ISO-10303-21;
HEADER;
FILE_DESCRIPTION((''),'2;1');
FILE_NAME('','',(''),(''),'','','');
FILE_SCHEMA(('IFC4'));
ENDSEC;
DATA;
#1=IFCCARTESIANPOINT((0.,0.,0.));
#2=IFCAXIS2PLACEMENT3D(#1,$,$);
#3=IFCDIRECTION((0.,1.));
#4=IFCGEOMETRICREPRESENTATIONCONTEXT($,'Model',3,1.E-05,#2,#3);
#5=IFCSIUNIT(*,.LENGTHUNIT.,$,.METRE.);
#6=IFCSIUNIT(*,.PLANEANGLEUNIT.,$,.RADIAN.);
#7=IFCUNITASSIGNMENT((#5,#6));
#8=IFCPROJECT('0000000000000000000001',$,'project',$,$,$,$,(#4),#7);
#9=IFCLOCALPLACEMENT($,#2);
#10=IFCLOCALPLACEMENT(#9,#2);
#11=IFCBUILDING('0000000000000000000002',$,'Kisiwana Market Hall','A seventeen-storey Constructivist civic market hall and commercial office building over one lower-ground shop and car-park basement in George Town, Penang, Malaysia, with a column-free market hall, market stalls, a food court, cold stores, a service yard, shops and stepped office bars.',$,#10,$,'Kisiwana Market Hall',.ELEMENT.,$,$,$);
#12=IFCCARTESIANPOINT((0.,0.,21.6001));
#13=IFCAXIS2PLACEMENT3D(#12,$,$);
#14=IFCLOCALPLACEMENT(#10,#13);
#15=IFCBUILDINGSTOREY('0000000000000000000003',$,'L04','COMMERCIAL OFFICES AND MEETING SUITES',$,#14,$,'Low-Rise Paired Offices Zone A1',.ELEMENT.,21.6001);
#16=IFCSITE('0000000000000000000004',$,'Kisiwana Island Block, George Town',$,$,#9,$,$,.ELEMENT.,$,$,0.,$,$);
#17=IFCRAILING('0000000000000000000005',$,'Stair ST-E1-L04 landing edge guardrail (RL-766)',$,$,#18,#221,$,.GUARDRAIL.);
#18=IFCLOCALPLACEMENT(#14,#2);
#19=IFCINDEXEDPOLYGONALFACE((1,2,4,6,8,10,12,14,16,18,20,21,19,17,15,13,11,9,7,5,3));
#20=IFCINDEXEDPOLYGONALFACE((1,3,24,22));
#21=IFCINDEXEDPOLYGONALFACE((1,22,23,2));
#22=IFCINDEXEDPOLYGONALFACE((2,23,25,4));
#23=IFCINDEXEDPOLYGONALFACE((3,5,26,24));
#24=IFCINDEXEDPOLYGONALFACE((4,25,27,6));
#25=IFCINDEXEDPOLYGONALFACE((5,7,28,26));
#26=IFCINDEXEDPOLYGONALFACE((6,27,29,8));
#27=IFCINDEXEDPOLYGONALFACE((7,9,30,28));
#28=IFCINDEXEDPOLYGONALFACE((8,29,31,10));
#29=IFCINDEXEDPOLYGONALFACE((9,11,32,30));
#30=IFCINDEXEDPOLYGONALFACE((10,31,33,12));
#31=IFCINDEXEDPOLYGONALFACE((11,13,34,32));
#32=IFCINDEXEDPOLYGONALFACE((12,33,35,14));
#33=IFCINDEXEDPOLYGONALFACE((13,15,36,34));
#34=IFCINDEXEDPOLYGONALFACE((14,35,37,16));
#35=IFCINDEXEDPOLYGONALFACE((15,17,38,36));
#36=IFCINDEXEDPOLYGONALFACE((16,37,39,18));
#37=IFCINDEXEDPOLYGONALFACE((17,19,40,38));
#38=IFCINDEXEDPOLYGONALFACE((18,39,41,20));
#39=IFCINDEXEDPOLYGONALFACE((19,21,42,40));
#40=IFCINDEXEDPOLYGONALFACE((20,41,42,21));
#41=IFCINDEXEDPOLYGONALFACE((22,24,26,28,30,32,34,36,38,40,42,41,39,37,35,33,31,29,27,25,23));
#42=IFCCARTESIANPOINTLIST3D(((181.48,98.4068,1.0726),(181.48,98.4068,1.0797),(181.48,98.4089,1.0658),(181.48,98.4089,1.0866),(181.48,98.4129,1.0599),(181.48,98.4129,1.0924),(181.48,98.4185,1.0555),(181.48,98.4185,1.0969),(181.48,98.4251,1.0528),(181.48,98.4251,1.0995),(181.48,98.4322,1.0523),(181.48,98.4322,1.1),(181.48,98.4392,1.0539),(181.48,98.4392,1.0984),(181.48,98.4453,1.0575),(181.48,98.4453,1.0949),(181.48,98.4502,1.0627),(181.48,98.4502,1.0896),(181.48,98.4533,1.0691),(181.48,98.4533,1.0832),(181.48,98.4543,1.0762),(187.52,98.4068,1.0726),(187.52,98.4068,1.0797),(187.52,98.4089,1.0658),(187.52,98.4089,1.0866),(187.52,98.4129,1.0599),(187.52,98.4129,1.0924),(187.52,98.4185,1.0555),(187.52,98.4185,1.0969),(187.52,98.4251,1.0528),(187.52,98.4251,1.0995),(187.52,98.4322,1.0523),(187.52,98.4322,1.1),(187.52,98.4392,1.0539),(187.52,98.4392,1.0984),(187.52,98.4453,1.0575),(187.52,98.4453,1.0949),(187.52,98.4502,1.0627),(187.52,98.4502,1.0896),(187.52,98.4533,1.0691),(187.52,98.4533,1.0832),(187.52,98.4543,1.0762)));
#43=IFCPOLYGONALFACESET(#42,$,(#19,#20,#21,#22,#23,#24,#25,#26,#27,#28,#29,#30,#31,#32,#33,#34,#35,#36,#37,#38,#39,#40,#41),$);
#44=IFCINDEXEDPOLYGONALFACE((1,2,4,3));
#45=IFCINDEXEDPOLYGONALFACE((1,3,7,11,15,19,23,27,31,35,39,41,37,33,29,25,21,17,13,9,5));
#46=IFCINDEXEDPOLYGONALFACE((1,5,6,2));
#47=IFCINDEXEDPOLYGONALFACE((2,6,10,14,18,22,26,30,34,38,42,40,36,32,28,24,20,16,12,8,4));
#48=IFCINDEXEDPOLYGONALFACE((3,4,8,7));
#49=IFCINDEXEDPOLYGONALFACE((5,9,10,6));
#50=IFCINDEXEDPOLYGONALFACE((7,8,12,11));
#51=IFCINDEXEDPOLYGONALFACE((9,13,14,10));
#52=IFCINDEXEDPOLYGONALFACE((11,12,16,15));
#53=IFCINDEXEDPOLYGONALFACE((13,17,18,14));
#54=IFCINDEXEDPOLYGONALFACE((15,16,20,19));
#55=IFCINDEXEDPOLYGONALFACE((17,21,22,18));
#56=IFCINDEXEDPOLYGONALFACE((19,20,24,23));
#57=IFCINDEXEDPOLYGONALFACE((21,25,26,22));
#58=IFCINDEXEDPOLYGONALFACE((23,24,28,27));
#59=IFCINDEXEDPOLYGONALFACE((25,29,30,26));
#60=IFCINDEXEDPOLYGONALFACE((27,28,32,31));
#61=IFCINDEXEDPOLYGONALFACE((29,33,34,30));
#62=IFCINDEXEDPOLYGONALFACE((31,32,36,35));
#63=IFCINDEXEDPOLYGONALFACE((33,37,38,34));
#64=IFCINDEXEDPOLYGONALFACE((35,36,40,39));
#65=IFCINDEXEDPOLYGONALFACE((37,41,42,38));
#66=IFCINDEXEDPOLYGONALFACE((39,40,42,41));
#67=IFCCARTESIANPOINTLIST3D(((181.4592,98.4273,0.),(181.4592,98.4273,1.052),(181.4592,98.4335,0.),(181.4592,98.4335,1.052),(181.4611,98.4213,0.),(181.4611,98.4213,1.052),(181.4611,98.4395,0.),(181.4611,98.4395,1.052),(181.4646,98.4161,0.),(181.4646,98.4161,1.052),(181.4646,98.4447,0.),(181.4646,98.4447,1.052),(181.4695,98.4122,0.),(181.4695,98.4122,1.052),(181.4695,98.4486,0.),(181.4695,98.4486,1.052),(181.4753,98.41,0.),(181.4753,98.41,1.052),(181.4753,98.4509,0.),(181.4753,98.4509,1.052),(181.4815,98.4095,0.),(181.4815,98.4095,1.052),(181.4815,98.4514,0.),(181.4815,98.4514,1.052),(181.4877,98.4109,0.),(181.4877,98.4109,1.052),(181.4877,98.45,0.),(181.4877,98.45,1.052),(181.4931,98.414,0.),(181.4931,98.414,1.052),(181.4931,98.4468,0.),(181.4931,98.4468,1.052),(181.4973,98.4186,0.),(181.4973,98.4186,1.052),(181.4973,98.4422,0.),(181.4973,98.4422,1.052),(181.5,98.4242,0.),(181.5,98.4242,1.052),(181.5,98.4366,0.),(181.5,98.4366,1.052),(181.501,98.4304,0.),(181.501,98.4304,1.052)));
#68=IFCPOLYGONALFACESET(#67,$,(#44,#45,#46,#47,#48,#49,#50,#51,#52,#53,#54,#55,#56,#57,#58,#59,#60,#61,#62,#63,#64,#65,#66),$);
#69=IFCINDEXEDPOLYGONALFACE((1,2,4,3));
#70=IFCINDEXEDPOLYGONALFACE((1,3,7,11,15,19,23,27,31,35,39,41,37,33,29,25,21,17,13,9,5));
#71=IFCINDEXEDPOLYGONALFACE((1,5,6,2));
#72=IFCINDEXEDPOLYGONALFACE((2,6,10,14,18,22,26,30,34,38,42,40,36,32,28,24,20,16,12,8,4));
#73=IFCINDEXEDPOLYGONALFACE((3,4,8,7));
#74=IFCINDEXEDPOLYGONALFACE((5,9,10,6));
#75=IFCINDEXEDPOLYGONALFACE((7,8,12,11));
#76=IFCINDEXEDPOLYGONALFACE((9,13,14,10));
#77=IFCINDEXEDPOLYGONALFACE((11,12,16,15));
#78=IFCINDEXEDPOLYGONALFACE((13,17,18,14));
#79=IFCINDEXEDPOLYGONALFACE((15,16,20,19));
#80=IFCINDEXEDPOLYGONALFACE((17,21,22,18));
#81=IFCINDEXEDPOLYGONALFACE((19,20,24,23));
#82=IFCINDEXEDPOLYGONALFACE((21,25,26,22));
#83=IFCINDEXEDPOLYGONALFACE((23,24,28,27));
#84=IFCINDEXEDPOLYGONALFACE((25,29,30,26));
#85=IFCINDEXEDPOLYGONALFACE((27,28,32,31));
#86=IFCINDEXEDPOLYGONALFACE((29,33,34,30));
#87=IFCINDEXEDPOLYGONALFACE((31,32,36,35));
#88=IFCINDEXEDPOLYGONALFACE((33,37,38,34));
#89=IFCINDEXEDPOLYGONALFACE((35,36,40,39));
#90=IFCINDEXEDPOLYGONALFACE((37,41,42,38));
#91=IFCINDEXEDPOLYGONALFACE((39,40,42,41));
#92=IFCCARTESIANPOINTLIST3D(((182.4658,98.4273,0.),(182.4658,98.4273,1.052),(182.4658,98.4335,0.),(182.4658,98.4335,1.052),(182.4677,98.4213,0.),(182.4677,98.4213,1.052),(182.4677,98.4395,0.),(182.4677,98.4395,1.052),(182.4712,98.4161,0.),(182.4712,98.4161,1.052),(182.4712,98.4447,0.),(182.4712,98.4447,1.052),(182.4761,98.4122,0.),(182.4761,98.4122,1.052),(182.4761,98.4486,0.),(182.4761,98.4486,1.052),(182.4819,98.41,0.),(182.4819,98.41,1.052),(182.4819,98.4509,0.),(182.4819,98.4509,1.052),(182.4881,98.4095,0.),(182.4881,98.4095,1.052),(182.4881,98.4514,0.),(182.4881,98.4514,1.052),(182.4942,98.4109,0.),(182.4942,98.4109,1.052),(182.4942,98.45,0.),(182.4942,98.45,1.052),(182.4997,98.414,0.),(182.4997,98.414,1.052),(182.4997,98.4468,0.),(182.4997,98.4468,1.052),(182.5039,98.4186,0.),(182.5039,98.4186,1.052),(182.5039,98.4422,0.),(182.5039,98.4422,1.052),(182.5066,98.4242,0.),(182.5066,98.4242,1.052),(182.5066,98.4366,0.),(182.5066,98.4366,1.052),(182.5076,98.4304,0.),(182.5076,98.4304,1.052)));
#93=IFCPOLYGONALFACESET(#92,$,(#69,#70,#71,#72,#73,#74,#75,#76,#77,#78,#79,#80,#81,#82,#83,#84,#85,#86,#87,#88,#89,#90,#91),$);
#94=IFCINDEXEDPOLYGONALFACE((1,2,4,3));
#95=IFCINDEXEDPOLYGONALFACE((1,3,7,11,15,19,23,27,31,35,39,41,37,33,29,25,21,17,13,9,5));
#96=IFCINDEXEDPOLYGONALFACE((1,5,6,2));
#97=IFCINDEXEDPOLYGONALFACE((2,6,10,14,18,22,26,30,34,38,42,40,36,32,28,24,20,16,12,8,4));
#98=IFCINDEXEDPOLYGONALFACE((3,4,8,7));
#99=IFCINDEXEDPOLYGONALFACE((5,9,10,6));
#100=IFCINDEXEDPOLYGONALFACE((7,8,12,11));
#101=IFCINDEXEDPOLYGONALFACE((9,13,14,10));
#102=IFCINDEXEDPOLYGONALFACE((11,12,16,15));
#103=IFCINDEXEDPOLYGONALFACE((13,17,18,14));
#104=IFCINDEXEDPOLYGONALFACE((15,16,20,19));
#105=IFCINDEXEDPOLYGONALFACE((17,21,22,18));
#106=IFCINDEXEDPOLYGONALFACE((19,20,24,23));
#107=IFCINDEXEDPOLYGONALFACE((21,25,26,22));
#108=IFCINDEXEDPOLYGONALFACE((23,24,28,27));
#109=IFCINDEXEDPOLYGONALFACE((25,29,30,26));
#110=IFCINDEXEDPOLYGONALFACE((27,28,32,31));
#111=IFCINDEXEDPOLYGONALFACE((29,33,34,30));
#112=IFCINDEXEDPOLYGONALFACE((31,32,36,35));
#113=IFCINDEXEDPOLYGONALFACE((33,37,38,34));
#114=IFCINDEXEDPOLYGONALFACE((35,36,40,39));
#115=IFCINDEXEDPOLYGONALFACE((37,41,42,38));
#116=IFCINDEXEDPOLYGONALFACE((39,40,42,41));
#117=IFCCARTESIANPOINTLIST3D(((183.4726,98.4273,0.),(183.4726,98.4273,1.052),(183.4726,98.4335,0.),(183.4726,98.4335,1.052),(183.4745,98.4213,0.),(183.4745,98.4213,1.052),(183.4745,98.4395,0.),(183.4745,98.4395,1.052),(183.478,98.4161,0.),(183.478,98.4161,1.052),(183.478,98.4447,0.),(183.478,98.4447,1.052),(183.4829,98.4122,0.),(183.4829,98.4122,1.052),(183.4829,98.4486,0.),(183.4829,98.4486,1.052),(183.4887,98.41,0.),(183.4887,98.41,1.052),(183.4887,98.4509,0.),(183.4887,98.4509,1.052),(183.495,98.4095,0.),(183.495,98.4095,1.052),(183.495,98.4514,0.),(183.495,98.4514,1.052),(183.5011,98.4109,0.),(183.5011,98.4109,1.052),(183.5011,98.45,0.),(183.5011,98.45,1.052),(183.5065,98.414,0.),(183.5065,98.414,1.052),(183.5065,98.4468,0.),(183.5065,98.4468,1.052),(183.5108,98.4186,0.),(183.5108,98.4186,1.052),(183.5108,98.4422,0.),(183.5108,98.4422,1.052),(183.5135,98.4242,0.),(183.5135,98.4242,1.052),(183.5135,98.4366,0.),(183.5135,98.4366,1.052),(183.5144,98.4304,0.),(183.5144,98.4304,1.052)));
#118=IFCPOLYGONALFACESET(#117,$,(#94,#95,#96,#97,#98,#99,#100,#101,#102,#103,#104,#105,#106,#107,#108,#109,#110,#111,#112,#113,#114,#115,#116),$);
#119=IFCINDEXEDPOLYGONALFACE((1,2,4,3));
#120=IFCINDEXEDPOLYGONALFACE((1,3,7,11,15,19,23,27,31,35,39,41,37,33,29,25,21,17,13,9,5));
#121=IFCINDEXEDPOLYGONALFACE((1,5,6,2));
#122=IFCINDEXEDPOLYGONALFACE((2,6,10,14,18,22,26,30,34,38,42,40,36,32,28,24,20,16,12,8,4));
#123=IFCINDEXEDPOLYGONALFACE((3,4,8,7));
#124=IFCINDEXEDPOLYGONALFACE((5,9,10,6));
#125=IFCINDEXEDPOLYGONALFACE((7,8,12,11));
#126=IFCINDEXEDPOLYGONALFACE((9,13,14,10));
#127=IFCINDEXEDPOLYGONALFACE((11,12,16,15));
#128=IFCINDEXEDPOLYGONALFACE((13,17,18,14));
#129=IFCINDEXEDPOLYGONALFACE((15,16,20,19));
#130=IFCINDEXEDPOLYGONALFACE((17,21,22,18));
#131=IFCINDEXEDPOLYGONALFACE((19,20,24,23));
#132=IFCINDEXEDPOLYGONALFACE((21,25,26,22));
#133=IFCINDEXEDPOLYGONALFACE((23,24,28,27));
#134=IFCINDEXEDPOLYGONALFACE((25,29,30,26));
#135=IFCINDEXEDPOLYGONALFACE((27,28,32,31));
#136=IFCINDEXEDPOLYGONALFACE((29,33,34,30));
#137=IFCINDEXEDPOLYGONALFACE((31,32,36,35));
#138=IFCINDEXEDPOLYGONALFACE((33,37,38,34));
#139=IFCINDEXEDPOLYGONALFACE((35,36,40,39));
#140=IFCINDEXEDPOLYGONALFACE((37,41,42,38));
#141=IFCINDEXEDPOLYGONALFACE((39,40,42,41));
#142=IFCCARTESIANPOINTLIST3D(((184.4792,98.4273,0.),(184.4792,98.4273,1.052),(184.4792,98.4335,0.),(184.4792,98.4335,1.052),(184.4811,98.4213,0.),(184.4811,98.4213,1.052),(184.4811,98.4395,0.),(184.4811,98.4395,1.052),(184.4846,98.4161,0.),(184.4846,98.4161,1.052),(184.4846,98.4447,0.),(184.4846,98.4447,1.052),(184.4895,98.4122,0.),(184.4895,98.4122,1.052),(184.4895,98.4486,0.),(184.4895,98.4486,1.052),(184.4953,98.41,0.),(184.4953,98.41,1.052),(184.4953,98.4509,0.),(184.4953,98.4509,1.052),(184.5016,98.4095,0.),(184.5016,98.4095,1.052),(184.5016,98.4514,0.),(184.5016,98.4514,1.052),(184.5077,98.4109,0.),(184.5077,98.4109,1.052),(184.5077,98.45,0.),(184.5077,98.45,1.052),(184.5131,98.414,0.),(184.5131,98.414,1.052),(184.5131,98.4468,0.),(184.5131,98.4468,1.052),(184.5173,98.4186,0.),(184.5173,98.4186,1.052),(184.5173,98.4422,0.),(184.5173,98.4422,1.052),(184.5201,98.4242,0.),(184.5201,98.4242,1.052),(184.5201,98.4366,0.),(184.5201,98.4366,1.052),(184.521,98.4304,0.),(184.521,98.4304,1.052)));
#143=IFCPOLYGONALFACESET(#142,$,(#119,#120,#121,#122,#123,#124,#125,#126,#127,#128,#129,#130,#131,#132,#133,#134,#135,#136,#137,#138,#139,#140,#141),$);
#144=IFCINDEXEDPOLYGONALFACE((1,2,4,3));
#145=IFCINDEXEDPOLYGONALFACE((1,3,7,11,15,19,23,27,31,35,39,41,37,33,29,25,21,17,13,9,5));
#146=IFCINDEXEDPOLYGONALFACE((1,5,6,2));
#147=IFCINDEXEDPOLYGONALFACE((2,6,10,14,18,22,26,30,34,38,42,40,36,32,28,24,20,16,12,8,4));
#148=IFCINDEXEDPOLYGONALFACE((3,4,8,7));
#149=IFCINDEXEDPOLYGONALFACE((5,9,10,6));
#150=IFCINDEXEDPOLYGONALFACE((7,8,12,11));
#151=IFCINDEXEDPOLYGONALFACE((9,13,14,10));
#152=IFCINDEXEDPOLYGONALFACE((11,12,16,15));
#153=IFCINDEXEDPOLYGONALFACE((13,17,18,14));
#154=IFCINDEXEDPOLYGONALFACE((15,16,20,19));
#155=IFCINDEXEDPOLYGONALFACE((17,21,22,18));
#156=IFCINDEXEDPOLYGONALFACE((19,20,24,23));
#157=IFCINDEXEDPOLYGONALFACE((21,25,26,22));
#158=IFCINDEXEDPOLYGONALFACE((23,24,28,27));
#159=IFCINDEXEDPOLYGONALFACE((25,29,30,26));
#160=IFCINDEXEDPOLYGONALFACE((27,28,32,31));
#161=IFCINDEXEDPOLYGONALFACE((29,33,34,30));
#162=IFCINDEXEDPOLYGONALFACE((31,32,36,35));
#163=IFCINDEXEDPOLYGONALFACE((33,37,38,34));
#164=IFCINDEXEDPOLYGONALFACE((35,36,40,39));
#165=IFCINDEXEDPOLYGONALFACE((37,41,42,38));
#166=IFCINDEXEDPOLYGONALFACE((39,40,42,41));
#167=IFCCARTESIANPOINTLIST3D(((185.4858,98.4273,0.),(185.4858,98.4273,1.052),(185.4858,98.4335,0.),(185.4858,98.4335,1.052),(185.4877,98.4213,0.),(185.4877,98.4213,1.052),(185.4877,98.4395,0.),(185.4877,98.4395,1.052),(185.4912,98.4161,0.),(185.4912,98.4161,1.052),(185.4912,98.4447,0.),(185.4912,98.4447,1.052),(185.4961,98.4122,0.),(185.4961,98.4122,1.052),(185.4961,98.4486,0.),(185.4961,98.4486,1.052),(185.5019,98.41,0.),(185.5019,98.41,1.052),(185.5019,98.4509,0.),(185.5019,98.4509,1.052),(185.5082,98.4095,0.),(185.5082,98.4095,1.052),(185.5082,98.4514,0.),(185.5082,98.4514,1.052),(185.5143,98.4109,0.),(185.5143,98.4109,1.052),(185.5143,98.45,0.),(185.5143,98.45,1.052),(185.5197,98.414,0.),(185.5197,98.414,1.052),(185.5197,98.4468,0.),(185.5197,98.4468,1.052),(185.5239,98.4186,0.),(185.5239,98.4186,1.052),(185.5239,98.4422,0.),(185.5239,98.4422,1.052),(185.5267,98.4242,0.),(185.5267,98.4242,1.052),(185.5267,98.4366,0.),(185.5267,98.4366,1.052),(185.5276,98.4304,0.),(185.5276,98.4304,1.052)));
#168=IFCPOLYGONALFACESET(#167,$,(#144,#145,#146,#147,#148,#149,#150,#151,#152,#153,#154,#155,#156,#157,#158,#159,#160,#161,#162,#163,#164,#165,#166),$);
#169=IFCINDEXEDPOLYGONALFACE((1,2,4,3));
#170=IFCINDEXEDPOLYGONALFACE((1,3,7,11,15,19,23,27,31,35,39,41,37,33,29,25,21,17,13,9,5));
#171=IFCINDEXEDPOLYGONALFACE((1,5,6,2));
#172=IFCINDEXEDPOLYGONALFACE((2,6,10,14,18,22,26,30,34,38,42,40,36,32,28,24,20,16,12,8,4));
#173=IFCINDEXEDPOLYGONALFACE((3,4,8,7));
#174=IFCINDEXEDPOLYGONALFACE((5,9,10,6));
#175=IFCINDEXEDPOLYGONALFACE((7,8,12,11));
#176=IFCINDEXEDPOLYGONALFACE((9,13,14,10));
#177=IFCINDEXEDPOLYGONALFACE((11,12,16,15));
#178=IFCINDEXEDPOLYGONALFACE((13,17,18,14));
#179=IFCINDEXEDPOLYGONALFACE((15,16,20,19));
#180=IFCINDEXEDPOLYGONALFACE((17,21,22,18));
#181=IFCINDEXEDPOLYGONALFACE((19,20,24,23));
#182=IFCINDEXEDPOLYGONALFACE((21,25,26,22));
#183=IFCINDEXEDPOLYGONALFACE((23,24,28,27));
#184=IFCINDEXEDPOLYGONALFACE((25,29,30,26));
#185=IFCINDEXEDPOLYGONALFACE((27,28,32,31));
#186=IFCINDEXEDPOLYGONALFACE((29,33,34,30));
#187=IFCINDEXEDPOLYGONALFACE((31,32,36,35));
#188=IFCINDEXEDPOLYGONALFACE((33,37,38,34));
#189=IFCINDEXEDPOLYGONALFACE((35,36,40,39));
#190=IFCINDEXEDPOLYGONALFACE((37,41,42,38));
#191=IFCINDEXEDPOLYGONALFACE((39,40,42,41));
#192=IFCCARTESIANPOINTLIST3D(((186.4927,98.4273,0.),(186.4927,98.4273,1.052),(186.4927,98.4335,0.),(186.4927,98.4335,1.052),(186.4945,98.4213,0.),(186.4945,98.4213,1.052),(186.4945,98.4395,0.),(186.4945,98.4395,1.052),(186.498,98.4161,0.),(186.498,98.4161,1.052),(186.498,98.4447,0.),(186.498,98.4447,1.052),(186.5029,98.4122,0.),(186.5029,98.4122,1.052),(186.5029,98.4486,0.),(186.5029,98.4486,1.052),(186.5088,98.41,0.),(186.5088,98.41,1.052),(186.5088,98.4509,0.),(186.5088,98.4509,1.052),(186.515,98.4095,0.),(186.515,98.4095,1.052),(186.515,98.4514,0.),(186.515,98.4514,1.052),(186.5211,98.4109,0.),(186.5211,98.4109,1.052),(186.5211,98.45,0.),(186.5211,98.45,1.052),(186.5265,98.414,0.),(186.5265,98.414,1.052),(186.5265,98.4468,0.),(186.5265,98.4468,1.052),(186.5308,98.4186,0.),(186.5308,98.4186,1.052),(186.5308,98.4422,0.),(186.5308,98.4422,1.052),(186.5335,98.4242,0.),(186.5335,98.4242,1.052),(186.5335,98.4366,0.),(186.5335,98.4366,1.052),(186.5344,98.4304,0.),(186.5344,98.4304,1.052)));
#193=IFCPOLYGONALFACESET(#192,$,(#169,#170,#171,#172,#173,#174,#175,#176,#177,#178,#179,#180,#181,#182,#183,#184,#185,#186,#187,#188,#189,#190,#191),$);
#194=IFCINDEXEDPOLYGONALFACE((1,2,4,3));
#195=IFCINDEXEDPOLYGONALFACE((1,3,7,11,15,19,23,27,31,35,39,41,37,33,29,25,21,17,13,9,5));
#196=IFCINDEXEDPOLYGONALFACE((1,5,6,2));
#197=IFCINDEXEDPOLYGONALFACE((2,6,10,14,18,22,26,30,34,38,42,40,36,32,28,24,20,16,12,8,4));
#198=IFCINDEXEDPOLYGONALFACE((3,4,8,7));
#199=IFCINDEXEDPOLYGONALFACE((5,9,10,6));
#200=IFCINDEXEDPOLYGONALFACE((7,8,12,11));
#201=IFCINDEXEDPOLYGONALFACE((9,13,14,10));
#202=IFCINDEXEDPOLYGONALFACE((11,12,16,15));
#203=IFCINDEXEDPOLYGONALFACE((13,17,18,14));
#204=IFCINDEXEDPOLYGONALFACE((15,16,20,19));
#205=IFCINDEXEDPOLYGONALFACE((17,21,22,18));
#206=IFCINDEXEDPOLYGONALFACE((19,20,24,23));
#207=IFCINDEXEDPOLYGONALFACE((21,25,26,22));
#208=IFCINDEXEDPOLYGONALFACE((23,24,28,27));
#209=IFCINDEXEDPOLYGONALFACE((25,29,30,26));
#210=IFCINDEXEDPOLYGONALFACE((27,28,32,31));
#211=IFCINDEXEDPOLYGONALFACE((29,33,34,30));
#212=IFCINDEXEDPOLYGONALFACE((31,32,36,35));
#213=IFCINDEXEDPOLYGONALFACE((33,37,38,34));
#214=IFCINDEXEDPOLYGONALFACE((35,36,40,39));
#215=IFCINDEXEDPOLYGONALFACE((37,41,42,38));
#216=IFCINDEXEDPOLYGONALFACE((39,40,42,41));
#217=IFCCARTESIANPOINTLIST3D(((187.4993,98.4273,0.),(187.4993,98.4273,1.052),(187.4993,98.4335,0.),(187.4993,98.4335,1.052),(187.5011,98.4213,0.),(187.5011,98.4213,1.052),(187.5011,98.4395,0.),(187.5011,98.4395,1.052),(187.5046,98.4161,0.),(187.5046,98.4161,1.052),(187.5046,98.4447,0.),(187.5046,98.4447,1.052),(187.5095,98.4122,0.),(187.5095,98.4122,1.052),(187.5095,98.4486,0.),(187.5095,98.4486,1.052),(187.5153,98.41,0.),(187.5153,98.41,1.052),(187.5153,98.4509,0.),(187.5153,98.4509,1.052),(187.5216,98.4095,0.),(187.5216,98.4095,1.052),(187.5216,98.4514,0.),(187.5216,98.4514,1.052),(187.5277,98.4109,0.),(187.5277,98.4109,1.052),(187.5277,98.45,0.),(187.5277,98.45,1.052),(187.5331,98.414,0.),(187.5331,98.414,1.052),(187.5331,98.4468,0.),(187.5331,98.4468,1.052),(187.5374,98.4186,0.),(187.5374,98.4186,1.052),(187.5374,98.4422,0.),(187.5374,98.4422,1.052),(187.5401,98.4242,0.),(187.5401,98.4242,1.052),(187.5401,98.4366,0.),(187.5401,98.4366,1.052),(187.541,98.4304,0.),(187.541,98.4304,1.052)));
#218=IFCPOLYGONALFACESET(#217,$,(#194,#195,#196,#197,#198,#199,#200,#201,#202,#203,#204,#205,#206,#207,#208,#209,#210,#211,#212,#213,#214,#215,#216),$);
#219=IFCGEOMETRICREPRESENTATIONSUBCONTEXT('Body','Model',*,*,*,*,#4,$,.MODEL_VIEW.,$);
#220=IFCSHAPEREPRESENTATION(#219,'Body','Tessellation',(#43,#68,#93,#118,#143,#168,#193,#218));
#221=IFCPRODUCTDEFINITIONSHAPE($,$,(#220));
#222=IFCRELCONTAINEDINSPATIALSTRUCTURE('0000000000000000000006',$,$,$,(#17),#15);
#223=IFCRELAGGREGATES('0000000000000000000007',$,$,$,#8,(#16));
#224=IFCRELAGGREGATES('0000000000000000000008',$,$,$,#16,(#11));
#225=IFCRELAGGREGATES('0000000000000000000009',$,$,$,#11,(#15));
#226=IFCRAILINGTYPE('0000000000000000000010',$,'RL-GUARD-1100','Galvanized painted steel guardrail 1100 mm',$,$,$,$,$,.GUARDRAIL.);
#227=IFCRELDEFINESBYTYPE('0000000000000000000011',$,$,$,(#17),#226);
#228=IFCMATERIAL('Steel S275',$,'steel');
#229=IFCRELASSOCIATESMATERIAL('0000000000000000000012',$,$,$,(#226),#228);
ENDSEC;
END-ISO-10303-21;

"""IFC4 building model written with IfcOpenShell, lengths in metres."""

from ifc_helpers import new_model, si_unit, direction, frame, origin, origin_2d, place, context, subcontext, project, spatial, circle, extrude, material, type_object, element, save


model = new_model("IFC4")

# Units and contexts
model_context = context("Model", 3, precision=1e-05, world=origin(), true_north=direction((0.0, 1.0)))
body_context = subcontext(model_context, "Body", "Model", "MODEL_VIEW")
ifc_project = project(units=[si_unit("LENGTHUNIT", "METRE"), si_unit("PLANEANGLEUNIT", "RADIAN")], contexts=[model_context])

# Site, building, storey
site_placement = place(None, origin())
site = spatial("IfcSite", under=ifc_project, at=site_placement, Name="Kisiwana Island Block, George Town", CompositionType="ELEMENT", RefElevation=0.0)
building_placement = place(site_placement, origin())
building = spatial("IfcBuilding", under=site, at=building_placement, Name="Kisiwana Market Hall", Description="A seventeen-storey Constructivist civic market hall and commercial office building over one lower-ground shop and car-park basement in George Town, Penang, Malaysia, with a column-free market hall, market stalls, a food court, cold stores, a service yard, shops and stepped office bars.", LongName="Kisiwana Market Hall", CompositionType="ELEMENT")
storey_placement = place(building_placement, frame((0.0, 0.0, 21.6001)))
storey = spatial("IfcBuildingStorey", under=building, at=storey_placement, Name="L04", Description="COMMERCIAL OFFICES AND MEETING SUITES", LongName="Low-Rise Paired Offices Zone A1", CompositionType="ELEMENT", Elevation=21.6001)

# Railing
ifc_material_1 = material(Name="Steel S275", Category="steel")
railing_type_1 = type_object("IfcRailingType", Name="RL-GUARD-1100", Description="Galvanized painted steel guardrail 1100 mm", PredefinedType="GUARDRAIL", material=ifc_material_1)
railing_1_placement = place(storey_placement, frame((181.48, 98.4304, 0.0)))
element("IfcRailing", 1, at=railing_1_placement, inside=storey, type_object=railing_type_1, Name="Stair ST-E1-L04 landing edge guardrail (RL-766)", PredefinedType="GUARDRAIL", context=body_context, shape_type="SweptSolid", body=[
    extrude(circle(Radius=0.0239, at=origin_2d()), frame((0.0, 0.0, 1.0762), z_axis=(1.0, 0.0, 0.0), x_axis=(0.0, 1.0, 0.0)), (0.0, 0.0, 1.0), 6.04),
    extrude(circle(Radius=0.021, at=origin_2d()), origin(), (0.0, 0.0, 1.0), 1.052),
    extrude(circle(Radius=0.021, at=origin_2d()), frame((1.0066, 0.0, 0.0)), (0.0, 0.0, 1.0), 1.052),
    extrude(circle(Radius=0.021, at=origin_2d()), frame((2.0134, 0.0, 0.0)), (0.0, 0.0, 1.0), 1.052),
    extrude(circle(Radius=0.021, at=origin_2d()), frame((3.02, 0.0, 0.0)), (0.0, 0.0, 1.0), 1.052),
    extrude(circle(Radius=0.021, at=origin_2d()), frame((4.0266, 0.0, 0.0)), (0.0, 0.0, 1.0), 1.052),
    extrude(circle(Radius=0.021, at=origin_2d()), frame((5.0334, 0.0, 0.0)), (0.0, 0.0, 1.0), 1.052),
    extrude(circle(Radius=0.021, at=origin_2d()), frame((6.04, 0.0, 0.0)), (0.0, 0.0, 1.0), 1.052),
])

save(model, "model.ifc")
